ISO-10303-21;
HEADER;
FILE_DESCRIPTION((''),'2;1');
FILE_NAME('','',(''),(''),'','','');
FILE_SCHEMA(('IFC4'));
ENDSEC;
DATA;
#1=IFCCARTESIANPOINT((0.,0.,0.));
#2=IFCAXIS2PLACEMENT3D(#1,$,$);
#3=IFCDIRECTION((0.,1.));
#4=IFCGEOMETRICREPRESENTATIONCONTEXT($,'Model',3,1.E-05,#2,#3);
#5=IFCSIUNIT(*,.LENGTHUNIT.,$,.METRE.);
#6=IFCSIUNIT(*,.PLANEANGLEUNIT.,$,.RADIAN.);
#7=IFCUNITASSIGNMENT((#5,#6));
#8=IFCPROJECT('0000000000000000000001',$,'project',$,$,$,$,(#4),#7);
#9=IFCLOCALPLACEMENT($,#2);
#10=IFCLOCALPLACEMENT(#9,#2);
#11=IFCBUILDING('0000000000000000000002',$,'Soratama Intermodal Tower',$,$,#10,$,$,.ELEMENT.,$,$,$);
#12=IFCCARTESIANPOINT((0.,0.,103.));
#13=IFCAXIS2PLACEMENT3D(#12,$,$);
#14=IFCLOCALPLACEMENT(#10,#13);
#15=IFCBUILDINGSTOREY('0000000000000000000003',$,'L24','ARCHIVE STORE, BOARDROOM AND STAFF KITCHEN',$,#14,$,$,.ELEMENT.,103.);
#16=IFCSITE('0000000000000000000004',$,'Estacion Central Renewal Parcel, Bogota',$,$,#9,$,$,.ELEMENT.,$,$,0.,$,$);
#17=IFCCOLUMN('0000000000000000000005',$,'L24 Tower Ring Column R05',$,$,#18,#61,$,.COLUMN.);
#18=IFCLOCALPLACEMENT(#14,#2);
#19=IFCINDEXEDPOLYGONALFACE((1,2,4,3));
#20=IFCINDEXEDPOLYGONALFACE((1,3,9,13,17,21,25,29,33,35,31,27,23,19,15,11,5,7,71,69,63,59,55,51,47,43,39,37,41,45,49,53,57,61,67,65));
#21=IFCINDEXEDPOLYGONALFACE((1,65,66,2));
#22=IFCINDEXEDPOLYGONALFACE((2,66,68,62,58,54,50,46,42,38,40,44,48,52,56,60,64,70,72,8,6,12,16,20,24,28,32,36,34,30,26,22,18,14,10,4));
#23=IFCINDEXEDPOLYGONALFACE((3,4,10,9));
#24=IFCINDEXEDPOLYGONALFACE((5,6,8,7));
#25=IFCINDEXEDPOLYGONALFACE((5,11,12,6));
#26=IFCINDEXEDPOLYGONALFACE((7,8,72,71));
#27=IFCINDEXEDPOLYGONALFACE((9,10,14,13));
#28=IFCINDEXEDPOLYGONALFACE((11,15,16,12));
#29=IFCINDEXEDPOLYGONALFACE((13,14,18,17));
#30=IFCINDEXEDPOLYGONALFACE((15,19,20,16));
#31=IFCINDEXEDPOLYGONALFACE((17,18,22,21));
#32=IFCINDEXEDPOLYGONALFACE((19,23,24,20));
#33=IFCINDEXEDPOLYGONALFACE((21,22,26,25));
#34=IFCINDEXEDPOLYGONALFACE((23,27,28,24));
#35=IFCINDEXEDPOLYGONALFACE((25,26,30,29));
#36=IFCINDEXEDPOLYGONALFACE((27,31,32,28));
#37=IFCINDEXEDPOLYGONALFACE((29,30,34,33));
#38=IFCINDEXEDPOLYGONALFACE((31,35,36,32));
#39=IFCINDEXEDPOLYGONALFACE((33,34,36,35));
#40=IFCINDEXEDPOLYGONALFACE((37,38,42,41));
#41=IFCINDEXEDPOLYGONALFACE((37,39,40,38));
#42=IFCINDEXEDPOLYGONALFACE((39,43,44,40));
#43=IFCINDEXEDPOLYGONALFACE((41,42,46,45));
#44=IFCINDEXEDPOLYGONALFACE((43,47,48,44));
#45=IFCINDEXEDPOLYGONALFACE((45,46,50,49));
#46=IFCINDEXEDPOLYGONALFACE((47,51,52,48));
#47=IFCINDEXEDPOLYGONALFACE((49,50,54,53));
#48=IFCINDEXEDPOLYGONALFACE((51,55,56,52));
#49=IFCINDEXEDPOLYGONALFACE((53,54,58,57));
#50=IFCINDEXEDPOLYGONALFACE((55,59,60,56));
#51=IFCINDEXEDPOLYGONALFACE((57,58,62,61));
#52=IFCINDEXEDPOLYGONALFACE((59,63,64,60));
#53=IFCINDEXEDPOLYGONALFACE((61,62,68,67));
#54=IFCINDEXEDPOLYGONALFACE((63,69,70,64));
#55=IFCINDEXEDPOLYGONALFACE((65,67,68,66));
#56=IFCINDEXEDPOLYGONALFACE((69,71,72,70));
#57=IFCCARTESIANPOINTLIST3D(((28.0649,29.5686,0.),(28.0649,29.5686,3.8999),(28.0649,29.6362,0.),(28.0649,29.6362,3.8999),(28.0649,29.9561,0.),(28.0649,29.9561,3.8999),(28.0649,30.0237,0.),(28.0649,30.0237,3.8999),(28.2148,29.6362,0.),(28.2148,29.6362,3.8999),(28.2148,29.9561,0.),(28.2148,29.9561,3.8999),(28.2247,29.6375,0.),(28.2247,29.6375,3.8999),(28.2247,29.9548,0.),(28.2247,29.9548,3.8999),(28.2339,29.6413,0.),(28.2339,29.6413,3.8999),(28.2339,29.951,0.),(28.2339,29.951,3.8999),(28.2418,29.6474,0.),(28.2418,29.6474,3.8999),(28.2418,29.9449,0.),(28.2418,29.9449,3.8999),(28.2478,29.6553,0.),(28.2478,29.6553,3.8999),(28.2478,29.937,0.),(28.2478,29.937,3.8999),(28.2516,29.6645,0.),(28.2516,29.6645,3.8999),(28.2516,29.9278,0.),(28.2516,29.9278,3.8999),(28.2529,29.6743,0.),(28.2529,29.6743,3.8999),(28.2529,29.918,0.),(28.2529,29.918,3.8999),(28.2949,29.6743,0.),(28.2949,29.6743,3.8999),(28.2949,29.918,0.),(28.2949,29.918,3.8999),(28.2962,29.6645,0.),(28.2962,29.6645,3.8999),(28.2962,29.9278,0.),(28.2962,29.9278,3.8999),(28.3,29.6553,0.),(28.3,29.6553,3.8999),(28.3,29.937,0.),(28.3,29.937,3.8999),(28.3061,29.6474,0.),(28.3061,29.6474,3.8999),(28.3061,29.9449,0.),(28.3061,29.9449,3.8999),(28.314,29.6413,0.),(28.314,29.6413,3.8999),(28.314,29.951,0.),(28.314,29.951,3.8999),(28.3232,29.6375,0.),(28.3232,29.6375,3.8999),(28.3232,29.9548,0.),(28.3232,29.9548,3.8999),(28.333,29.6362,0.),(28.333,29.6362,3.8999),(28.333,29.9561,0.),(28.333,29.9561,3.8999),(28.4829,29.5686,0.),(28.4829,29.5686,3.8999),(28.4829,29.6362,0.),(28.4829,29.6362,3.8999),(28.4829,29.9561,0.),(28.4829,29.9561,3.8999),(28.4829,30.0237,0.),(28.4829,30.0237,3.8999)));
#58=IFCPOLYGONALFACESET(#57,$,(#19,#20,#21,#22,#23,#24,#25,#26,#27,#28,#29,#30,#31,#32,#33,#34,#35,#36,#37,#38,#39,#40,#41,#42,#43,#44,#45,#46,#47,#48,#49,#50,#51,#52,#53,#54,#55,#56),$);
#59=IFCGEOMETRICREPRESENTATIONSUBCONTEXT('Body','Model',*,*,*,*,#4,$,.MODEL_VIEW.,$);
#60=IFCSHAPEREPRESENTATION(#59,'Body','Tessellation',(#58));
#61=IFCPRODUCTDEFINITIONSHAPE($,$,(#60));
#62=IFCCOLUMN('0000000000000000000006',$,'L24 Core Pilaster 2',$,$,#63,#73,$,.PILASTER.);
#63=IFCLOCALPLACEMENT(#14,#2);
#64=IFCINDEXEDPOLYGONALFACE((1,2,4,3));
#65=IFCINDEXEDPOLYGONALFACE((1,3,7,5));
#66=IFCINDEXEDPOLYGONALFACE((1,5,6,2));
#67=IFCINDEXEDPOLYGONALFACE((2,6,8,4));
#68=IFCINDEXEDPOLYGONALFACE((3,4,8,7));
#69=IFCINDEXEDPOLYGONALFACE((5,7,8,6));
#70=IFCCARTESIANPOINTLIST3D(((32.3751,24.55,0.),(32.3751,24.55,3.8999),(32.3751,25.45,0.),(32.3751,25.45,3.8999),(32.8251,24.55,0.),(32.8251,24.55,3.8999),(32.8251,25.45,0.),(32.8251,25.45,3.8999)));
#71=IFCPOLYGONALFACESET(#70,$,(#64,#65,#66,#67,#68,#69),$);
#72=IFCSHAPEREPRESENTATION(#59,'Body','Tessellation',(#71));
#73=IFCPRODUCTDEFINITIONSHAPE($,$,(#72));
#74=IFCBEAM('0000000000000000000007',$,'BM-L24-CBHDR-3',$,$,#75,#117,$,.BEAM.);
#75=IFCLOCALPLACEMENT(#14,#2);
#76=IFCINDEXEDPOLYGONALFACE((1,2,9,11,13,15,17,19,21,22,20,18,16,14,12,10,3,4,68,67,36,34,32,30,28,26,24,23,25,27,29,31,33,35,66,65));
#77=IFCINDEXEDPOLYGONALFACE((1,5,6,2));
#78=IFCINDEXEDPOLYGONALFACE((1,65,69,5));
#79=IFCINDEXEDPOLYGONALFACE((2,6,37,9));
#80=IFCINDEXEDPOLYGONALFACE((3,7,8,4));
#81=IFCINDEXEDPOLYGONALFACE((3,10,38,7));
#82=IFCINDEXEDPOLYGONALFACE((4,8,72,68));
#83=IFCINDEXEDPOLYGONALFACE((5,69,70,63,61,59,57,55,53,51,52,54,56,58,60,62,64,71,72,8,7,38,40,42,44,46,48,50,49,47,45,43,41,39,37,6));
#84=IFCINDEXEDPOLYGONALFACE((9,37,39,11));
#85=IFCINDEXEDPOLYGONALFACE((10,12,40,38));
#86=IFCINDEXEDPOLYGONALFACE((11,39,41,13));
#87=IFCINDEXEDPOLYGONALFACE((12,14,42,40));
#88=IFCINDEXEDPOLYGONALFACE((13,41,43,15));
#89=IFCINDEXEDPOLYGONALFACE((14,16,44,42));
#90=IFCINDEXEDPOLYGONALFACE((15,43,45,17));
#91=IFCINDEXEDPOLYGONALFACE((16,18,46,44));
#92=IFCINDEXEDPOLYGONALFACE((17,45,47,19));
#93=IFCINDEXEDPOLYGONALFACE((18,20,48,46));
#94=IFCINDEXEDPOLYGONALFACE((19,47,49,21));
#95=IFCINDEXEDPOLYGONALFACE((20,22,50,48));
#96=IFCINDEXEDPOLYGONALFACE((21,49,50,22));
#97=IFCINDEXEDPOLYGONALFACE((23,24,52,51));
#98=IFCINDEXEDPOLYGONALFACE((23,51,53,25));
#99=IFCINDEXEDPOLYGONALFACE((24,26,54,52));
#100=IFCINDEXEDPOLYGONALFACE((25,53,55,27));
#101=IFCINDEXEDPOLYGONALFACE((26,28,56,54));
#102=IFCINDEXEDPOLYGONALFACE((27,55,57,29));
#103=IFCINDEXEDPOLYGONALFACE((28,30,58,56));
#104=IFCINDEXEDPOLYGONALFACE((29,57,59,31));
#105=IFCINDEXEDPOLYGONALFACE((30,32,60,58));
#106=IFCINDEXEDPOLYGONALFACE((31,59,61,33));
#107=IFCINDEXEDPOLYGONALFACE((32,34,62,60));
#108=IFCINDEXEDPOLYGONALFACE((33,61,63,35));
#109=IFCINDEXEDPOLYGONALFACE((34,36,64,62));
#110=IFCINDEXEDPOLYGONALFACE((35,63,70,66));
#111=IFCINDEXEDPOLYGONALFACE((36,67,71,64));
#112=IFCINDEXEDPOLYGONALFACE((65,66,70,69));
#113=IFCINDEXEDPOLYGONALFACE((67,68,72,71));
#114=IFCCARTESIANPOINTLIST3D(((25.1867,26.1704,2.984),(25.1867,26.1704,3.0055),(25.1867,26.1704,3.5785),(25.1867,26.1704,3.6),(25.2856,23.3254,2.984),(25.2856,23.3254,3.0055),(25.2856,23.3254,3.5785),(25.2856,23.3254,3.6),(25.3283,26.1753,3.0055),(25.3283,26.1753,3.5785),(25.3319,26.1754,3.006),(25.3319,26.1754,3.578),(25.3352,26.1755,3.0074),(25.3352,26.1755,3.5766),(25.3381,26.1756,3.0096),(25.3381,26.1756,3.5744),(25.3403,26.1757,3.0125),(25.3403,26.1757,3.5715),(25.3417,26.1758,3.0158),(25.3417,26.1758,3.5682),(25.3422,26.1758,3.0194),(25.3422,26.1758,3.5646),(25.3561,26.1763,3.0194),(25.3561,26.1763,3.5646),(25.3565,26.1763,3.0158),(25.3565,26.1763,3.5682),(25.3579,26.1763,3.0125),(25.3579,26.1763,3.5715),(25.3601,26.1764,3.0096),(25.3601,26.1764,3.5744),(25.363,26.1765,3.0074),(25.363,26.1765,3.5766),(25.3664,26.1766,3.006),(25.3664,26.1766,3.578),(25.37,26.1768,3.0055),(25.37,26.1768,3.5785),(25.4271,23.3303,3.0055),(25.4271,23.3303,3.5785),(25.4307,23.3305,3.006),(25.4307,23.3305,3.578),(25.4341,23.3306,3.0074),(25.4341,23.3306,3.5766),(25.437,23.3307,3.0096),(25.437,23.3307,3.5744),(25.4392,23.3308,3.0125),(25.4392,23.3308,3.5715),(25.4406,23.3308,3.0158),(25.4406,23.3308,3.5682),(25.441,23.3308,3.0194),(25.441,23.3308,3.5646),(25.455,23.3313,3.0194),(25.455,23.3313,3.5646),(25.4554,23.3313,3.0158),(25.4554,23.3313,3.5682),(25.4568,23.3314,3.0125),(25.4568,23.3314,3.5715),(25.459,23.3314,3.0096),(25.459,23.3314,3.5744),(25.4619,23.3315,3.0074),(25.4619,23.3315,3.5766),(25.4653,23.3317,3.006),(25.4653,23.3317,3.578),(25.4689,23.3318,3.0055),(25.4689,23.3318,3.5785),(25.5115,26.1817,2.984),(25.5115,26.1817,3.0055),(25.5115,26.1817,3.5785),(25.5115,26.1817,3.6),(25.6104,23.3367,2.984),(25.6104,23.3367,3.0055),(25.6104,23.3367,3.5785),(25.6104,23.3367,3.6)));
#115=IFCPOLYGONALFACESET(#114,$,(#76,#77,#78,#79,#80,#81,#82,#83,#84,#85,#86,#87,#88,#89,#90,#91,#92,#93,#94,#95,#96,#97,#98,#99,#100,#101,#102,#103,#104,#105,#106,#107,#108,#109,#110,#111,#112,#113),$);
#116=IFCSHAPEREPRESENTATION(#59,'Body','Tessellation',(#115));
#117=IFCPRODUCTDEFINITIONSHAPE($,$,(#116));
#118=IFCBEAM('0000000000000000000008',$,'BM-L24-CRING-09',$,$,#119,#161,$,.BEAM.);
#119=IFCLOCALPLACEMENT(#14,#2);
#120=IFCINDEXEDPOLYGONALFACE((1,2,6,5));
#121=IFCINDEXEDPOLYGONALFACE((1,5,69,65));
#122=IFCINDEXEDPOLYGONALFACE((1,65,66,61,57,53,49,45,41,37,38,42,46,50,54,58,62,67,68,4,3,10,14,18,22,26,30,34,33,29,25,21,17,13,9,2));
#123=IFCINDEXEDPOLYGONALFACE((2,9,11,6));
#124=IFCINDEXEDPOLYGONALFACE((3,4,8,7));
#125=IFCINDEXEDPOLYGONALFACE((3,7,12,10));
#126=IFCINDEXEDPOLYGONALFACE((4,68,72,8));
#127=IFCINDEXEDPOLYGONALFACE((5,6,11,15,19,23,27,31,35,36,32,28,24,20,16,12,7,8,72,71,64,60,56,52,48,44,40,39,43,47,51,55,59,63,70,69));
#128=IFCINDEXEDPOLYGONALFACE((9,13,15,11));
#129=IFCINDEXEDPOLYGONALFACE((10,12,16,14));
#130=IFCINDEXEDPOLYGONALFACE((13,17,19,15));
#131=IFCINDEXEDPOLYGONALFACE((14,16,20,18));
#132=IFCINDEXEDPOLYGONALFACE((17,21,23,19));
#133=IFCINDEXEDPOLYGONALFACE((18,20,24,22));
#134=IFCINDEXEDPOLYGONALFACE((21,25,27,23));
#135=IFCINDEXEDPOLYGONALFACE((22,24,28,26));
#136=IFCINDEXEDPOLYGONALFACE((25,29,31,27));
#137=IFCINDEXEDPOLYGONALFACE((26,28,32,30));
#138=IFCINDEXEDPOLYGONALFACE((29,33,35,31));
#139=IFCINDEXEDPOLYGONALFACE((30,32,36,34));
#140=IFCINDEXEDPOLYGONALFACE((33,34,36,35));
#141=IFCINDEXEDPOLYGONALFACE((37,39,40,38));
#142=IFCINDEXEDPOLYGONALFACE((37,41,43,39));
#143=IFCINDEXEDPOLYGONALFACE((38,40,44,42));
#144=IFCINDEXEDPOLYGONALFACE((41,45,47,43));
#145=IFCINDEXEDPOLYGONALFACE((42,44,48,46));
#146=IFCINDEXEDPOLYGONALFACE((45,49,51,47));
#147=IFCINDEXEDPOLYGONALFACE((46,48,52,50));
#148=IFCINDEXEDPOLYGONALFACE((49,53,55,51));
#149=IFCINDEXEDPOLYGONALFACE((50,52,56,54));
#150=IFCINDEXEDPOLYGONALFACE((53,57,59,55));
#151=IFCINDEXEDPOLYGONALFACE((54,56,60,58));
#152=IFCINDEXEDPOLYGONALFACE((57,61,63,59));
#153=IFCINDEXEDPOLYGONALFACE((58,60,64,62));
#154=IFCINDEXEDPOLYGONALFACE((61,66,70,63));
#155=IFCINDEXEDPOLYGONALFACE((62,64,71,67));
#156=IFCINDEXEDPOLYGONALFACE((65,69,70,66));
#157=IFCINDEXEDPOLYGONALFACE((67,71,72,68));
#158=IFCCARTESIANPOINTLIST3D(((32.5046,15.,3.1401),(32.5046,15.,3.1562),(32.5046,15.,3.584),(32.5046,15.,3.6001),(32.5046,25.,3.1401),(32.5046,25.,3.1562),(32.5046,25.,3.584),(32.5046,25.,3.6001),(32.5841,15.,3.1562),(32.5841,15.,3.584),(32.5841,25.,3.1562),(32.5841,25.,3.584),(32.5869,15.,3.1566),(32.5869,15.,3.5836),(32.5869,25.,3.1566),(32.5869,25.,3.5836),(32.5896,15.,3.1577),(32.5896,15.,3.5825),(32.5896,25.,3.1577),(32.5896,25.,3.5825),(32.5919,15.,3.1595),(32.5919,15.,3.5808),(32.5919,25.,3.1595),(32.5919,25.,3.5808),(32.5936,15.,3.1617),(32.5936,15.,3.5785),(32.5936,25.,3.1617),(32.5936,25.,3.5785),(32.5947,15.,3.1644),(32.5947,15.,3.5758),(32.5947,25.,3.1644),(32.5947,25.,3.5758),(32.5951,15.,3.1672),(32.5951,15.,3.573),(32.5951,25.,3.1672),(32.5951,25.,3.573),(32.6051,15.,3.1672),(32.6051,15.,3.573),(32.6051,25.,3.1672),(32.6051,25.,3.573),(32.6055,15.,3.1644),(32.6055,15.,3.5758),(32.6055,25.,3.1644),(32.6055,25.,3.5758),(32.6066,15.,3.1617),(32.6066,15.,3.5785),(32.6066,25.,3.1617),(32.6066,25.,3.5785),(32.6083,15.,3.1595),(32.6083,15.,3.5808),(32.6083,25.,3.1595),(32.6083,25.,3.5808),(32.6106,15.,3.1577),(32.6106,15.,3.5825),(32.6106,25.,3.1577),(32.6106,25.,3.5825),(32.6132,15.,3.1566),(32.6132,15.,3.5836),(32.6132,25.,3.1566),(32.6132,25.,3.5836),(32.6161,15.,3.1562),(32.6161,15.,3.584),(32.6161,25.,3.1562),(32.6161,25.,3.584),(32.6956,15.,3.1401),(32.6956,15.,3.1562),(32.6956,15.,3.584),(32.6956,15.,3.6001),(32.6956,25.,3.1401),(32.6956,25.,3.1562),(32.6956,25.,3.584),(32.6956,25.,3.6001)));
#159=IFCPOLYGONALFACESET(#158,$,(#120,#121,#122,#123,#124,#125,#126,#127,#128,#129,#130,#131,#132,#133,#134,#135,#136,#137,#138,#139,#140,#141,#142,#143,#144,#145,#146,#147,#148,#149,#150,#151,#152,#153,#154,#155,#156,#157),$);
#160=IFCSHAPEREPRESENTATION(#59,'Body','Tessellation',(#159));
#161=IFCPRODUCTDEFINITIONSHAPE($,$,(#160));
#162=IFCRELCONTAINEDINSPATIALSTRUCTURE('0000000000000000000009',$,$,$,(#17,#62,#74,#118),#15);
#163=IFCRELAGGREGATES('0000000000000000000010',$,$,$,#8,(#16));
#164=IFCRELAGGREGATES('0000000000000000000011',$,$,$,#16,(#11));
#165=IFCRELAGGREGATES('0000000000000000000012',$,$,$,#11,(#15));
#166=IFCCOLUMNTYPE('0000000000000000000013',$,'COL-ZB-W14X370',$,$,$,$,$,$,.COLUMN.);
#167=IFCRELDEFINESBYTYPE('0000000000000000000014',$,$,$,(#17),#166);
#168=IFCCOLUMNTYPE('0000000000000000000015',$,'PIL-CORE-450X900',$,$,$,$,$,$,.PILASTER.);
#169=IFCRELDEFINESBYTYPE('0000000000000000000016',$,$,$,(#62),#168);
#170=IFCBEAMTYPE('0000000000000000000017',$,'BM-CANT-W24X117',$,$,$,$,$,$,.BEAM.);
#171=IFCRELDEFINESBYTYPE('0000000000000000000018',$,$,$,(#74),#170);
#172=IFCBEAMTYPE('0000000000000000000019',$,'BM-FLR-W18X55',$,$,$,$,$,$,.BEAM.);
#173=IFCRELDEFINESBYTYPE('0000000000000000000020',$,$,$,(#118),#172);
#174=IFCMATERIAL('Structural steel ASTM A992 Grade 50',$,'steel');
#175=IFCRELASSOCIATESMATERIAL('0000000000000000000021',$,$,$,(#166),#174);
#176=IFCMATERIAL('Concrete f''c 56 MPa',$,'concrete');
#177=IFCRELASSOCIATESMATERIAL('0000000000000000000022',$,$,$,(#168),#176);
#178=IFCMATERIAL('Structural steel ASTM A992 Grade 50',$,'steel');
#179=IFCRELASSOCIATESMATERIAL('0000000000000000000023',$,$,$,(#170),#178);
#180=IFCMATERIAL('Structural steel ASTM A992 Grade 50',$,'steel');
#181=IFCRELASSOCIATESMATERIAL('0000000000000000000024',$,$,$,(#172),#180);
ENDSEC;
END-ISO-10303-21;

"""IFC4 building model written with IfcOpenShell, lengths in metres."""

from ifc_helpers import new_model, si_unit, direction, frame, origin, origin_2d, place, context, subcontext, project, spatial, rectangle, i_section, extrude, material, material_profile, profile_set, type_object, element, save


model = new_model("IFC4")

# Units and contexts
model_context = context("Model", 3, precision=1e-05, world=origin(), true_north=direction((0.0, 1.0)))
body_context = subcontext(model_context, "Body", "Model", "MODEL_VIEW")
ifc_project = project(units=[si_unit("LENGTHUNIT", "METRE"), si_unit("PLANEANGLEUNIT", "RADIAN")], contexts=[model_context])

# Site, building, storey
site_placement = place(None, origin())
site = spatial("IfcSite", under=ifc_project, at=site_placement, Name="Estacion Central Renewal Parcel, Bogota", CompositionType="ELEMENT", RefElevation=0.0)
building_placement = place(site_placement, origin())
building = spatial("IfcBuilding", under=site, at=building_placement, Name="Soratama Intermodal Tower", CompositionType="ELEMENT")
storey_placement = place(building_placement, frame((0.0, 0.0, 103.0)))
storey = spatial("IfcBuildingStorey", under=building, at=storey_placement, Name="L24", Description="ARCHIVE STORE, BOARDROOM AND STAFF KITCHEN", CompositionType="ELEMENT", Elevation=103.0)

# Columns
ifc_material_1 = material(Name="Structural steel ASTM A992 Grade 50", Category="steel")
ifc_material_profile_1 = material_profile(ifc_material_1, i_section(OverallWidth=0.418, OverallDepth=0.4551, WebThickness=0.042, FlangeThickness=0.0676, FilletRadius=0.0381, at=origin_2d()), Name="W14X370")
ifc_profile_set_1 = profile_set([ifc_material_profile_1], Name="Structural steel ASTM A992 Grade 50")
column_type_1 = type_object("IfcColumnType", Name="COL-ZB-W14X370", PredefinedType="COLUMN", material=ifc_profile_set_1)
column_1_placement = place(storey_placement, frame((28.2739, 29.7961, 0.0), z_axis=(0.0, 0.0, 1.0), x_axis=(1.0, 0.0, 0.0)))
element("IfcColumn", 1, at=column_1_placement, inside=storey, type_object=column_type_1, Name="L24 Tower Ring Column R05", PredefinedType="COLUMN", context=body_context, shape_type="SweptSolid", body=[
    extrude(i_section(OverallWidth=0.418, OverallDepth=0.4551, WebThickness=0.042, FlangeThickness=0.0676, FilletRadius=0.0381, at=origin_2d()), origin(), (0.0, 0.0, 1.0), 3.8999),
])
ifc_material_2 = material(Name="Concrete f'c 56 MPa", Category="concrete")
ifc_material_profile_2 = material_profile(ifc_material_2, rectangle(XDim=0.45, YDim=0.8999, at=origin_2d()), Name="RC450X900")
ifc_profile_set_2 = profile_set([ifc_material_profile_2], Name="Concrete f'c 56 MPa")
column_type_2 = type_object("IfcColumnType", Name="PIL-CORE-450X900", PredefinedType="PILASTER", material=ifc_profile_set_2)
column_2_placement = place(storey_placement, frame((32.6001, 25.0, 0.0), z_axis=(0.0, 0.0, 1.0), x_axis=(1.0, 0.0, 0.0)))
element("IfcColumn", 2, at=column_2_placement, inside=storey, type_object=column_type_2, Name="L24 Core Pilaster 2", PredefinedType="PILASTER", context=body_context, shape_type="SweptSolid", body=[
    extrude(rectangle(XDim=0.45, YDim=0.8999, at=origin_2d()), origin(), (0.0, 0.0, 1.0), 3.8999),
])

# Beams
ifc_material_3 = material(Name="Structural steel ASTM A992 Grade 50", Category="steel")
ifc_material_profile_3 = material_profile(ifc_material_3, i_section(OverallWidth=0.325, OverallDepth=0.616, WebThickness=0.0139, FlangeThickness=0.0215, FilletRadius=0.0139, at=origin_2d()), Name="W24X117")
ifc_profile_set_3 = profile_set([ifc_material_profile_3], Name="Structural steel ASTM A992 Grade 50")
beam_type_1 = type_object("IfcBeamType", Name="BM-CANT-W24X117", PredefinedType="BEAM", material=ifc_profile_set_3)
beam_1_placement = place(storey_placement, frame((25.3491, 26.176, 3.292), z_axis=(0.034734, -0.999397, 0.0), x_axis=(0.999397, 0.034734, 0.0)))
element("IfcBeam", 3, at=beam_1_placement, inside=storey, type_object=beam_type_1, Name="BM-L24-CBHDR-3", PredefinedType="BEAM", context=body_context, shape_type="SweptSolid", body=[
    extrude(i_section(OverallWidth=0.325, OverallDepth=0.616, WebThickness=0.0139, FlangeThickness=0.0215, FilletRadius=0.0139, at=origin_2d()), origin(), (0.0, 0.0, 1.0), 2.8467),
])
ifc_material_4 = material(Name="Structural steel ASTM A992 Grade 50", Category="steel")
ifc_material_profile_4 = material_profile(ifc_material_4, i_section(OverallWidth=0.1909, OverallDepth=0.46, WebThickness=0.01, FlangeThickness=0.0161, FilletRadius=0.011, at=origin_2d()), Name="W18X55")
ifc_profile_set_4 = profile_set([ifc_material_profile_4], Name="Structural steel ASTM A992 Grade 50")
beam_type_2 = type_object("IfcBeamType", Name="BM-FLR-W18X55", PredefinedType="BEAM", material=ifc_profile_set_4)
beam_2_placement = place(storey_placement, frame((32.6001, 25.0, 3.3701), z_axis=(0.0, -1.0, 0.0), x_axis=(1.0, 0.0, 0.0)))
element("IfcBeam", 4, at=beam_2_placement, inside=storey, type_object=beam_type_2, Name="BM-L24-CRING-09", PredefinedType="BEAM", context=body_context, shape_type="SweptSolid", body=[
    extrude(i_section(OverallWidth=0.1909, OverallDepth=0.46, WebThickness=0.01, FlangeThickness=0.0161, FilletRadius=0.011, at=origin_2d()), origin(), (0.0, 0.0, 1.0), 10.0),
])

save(model, "model.ifc")
